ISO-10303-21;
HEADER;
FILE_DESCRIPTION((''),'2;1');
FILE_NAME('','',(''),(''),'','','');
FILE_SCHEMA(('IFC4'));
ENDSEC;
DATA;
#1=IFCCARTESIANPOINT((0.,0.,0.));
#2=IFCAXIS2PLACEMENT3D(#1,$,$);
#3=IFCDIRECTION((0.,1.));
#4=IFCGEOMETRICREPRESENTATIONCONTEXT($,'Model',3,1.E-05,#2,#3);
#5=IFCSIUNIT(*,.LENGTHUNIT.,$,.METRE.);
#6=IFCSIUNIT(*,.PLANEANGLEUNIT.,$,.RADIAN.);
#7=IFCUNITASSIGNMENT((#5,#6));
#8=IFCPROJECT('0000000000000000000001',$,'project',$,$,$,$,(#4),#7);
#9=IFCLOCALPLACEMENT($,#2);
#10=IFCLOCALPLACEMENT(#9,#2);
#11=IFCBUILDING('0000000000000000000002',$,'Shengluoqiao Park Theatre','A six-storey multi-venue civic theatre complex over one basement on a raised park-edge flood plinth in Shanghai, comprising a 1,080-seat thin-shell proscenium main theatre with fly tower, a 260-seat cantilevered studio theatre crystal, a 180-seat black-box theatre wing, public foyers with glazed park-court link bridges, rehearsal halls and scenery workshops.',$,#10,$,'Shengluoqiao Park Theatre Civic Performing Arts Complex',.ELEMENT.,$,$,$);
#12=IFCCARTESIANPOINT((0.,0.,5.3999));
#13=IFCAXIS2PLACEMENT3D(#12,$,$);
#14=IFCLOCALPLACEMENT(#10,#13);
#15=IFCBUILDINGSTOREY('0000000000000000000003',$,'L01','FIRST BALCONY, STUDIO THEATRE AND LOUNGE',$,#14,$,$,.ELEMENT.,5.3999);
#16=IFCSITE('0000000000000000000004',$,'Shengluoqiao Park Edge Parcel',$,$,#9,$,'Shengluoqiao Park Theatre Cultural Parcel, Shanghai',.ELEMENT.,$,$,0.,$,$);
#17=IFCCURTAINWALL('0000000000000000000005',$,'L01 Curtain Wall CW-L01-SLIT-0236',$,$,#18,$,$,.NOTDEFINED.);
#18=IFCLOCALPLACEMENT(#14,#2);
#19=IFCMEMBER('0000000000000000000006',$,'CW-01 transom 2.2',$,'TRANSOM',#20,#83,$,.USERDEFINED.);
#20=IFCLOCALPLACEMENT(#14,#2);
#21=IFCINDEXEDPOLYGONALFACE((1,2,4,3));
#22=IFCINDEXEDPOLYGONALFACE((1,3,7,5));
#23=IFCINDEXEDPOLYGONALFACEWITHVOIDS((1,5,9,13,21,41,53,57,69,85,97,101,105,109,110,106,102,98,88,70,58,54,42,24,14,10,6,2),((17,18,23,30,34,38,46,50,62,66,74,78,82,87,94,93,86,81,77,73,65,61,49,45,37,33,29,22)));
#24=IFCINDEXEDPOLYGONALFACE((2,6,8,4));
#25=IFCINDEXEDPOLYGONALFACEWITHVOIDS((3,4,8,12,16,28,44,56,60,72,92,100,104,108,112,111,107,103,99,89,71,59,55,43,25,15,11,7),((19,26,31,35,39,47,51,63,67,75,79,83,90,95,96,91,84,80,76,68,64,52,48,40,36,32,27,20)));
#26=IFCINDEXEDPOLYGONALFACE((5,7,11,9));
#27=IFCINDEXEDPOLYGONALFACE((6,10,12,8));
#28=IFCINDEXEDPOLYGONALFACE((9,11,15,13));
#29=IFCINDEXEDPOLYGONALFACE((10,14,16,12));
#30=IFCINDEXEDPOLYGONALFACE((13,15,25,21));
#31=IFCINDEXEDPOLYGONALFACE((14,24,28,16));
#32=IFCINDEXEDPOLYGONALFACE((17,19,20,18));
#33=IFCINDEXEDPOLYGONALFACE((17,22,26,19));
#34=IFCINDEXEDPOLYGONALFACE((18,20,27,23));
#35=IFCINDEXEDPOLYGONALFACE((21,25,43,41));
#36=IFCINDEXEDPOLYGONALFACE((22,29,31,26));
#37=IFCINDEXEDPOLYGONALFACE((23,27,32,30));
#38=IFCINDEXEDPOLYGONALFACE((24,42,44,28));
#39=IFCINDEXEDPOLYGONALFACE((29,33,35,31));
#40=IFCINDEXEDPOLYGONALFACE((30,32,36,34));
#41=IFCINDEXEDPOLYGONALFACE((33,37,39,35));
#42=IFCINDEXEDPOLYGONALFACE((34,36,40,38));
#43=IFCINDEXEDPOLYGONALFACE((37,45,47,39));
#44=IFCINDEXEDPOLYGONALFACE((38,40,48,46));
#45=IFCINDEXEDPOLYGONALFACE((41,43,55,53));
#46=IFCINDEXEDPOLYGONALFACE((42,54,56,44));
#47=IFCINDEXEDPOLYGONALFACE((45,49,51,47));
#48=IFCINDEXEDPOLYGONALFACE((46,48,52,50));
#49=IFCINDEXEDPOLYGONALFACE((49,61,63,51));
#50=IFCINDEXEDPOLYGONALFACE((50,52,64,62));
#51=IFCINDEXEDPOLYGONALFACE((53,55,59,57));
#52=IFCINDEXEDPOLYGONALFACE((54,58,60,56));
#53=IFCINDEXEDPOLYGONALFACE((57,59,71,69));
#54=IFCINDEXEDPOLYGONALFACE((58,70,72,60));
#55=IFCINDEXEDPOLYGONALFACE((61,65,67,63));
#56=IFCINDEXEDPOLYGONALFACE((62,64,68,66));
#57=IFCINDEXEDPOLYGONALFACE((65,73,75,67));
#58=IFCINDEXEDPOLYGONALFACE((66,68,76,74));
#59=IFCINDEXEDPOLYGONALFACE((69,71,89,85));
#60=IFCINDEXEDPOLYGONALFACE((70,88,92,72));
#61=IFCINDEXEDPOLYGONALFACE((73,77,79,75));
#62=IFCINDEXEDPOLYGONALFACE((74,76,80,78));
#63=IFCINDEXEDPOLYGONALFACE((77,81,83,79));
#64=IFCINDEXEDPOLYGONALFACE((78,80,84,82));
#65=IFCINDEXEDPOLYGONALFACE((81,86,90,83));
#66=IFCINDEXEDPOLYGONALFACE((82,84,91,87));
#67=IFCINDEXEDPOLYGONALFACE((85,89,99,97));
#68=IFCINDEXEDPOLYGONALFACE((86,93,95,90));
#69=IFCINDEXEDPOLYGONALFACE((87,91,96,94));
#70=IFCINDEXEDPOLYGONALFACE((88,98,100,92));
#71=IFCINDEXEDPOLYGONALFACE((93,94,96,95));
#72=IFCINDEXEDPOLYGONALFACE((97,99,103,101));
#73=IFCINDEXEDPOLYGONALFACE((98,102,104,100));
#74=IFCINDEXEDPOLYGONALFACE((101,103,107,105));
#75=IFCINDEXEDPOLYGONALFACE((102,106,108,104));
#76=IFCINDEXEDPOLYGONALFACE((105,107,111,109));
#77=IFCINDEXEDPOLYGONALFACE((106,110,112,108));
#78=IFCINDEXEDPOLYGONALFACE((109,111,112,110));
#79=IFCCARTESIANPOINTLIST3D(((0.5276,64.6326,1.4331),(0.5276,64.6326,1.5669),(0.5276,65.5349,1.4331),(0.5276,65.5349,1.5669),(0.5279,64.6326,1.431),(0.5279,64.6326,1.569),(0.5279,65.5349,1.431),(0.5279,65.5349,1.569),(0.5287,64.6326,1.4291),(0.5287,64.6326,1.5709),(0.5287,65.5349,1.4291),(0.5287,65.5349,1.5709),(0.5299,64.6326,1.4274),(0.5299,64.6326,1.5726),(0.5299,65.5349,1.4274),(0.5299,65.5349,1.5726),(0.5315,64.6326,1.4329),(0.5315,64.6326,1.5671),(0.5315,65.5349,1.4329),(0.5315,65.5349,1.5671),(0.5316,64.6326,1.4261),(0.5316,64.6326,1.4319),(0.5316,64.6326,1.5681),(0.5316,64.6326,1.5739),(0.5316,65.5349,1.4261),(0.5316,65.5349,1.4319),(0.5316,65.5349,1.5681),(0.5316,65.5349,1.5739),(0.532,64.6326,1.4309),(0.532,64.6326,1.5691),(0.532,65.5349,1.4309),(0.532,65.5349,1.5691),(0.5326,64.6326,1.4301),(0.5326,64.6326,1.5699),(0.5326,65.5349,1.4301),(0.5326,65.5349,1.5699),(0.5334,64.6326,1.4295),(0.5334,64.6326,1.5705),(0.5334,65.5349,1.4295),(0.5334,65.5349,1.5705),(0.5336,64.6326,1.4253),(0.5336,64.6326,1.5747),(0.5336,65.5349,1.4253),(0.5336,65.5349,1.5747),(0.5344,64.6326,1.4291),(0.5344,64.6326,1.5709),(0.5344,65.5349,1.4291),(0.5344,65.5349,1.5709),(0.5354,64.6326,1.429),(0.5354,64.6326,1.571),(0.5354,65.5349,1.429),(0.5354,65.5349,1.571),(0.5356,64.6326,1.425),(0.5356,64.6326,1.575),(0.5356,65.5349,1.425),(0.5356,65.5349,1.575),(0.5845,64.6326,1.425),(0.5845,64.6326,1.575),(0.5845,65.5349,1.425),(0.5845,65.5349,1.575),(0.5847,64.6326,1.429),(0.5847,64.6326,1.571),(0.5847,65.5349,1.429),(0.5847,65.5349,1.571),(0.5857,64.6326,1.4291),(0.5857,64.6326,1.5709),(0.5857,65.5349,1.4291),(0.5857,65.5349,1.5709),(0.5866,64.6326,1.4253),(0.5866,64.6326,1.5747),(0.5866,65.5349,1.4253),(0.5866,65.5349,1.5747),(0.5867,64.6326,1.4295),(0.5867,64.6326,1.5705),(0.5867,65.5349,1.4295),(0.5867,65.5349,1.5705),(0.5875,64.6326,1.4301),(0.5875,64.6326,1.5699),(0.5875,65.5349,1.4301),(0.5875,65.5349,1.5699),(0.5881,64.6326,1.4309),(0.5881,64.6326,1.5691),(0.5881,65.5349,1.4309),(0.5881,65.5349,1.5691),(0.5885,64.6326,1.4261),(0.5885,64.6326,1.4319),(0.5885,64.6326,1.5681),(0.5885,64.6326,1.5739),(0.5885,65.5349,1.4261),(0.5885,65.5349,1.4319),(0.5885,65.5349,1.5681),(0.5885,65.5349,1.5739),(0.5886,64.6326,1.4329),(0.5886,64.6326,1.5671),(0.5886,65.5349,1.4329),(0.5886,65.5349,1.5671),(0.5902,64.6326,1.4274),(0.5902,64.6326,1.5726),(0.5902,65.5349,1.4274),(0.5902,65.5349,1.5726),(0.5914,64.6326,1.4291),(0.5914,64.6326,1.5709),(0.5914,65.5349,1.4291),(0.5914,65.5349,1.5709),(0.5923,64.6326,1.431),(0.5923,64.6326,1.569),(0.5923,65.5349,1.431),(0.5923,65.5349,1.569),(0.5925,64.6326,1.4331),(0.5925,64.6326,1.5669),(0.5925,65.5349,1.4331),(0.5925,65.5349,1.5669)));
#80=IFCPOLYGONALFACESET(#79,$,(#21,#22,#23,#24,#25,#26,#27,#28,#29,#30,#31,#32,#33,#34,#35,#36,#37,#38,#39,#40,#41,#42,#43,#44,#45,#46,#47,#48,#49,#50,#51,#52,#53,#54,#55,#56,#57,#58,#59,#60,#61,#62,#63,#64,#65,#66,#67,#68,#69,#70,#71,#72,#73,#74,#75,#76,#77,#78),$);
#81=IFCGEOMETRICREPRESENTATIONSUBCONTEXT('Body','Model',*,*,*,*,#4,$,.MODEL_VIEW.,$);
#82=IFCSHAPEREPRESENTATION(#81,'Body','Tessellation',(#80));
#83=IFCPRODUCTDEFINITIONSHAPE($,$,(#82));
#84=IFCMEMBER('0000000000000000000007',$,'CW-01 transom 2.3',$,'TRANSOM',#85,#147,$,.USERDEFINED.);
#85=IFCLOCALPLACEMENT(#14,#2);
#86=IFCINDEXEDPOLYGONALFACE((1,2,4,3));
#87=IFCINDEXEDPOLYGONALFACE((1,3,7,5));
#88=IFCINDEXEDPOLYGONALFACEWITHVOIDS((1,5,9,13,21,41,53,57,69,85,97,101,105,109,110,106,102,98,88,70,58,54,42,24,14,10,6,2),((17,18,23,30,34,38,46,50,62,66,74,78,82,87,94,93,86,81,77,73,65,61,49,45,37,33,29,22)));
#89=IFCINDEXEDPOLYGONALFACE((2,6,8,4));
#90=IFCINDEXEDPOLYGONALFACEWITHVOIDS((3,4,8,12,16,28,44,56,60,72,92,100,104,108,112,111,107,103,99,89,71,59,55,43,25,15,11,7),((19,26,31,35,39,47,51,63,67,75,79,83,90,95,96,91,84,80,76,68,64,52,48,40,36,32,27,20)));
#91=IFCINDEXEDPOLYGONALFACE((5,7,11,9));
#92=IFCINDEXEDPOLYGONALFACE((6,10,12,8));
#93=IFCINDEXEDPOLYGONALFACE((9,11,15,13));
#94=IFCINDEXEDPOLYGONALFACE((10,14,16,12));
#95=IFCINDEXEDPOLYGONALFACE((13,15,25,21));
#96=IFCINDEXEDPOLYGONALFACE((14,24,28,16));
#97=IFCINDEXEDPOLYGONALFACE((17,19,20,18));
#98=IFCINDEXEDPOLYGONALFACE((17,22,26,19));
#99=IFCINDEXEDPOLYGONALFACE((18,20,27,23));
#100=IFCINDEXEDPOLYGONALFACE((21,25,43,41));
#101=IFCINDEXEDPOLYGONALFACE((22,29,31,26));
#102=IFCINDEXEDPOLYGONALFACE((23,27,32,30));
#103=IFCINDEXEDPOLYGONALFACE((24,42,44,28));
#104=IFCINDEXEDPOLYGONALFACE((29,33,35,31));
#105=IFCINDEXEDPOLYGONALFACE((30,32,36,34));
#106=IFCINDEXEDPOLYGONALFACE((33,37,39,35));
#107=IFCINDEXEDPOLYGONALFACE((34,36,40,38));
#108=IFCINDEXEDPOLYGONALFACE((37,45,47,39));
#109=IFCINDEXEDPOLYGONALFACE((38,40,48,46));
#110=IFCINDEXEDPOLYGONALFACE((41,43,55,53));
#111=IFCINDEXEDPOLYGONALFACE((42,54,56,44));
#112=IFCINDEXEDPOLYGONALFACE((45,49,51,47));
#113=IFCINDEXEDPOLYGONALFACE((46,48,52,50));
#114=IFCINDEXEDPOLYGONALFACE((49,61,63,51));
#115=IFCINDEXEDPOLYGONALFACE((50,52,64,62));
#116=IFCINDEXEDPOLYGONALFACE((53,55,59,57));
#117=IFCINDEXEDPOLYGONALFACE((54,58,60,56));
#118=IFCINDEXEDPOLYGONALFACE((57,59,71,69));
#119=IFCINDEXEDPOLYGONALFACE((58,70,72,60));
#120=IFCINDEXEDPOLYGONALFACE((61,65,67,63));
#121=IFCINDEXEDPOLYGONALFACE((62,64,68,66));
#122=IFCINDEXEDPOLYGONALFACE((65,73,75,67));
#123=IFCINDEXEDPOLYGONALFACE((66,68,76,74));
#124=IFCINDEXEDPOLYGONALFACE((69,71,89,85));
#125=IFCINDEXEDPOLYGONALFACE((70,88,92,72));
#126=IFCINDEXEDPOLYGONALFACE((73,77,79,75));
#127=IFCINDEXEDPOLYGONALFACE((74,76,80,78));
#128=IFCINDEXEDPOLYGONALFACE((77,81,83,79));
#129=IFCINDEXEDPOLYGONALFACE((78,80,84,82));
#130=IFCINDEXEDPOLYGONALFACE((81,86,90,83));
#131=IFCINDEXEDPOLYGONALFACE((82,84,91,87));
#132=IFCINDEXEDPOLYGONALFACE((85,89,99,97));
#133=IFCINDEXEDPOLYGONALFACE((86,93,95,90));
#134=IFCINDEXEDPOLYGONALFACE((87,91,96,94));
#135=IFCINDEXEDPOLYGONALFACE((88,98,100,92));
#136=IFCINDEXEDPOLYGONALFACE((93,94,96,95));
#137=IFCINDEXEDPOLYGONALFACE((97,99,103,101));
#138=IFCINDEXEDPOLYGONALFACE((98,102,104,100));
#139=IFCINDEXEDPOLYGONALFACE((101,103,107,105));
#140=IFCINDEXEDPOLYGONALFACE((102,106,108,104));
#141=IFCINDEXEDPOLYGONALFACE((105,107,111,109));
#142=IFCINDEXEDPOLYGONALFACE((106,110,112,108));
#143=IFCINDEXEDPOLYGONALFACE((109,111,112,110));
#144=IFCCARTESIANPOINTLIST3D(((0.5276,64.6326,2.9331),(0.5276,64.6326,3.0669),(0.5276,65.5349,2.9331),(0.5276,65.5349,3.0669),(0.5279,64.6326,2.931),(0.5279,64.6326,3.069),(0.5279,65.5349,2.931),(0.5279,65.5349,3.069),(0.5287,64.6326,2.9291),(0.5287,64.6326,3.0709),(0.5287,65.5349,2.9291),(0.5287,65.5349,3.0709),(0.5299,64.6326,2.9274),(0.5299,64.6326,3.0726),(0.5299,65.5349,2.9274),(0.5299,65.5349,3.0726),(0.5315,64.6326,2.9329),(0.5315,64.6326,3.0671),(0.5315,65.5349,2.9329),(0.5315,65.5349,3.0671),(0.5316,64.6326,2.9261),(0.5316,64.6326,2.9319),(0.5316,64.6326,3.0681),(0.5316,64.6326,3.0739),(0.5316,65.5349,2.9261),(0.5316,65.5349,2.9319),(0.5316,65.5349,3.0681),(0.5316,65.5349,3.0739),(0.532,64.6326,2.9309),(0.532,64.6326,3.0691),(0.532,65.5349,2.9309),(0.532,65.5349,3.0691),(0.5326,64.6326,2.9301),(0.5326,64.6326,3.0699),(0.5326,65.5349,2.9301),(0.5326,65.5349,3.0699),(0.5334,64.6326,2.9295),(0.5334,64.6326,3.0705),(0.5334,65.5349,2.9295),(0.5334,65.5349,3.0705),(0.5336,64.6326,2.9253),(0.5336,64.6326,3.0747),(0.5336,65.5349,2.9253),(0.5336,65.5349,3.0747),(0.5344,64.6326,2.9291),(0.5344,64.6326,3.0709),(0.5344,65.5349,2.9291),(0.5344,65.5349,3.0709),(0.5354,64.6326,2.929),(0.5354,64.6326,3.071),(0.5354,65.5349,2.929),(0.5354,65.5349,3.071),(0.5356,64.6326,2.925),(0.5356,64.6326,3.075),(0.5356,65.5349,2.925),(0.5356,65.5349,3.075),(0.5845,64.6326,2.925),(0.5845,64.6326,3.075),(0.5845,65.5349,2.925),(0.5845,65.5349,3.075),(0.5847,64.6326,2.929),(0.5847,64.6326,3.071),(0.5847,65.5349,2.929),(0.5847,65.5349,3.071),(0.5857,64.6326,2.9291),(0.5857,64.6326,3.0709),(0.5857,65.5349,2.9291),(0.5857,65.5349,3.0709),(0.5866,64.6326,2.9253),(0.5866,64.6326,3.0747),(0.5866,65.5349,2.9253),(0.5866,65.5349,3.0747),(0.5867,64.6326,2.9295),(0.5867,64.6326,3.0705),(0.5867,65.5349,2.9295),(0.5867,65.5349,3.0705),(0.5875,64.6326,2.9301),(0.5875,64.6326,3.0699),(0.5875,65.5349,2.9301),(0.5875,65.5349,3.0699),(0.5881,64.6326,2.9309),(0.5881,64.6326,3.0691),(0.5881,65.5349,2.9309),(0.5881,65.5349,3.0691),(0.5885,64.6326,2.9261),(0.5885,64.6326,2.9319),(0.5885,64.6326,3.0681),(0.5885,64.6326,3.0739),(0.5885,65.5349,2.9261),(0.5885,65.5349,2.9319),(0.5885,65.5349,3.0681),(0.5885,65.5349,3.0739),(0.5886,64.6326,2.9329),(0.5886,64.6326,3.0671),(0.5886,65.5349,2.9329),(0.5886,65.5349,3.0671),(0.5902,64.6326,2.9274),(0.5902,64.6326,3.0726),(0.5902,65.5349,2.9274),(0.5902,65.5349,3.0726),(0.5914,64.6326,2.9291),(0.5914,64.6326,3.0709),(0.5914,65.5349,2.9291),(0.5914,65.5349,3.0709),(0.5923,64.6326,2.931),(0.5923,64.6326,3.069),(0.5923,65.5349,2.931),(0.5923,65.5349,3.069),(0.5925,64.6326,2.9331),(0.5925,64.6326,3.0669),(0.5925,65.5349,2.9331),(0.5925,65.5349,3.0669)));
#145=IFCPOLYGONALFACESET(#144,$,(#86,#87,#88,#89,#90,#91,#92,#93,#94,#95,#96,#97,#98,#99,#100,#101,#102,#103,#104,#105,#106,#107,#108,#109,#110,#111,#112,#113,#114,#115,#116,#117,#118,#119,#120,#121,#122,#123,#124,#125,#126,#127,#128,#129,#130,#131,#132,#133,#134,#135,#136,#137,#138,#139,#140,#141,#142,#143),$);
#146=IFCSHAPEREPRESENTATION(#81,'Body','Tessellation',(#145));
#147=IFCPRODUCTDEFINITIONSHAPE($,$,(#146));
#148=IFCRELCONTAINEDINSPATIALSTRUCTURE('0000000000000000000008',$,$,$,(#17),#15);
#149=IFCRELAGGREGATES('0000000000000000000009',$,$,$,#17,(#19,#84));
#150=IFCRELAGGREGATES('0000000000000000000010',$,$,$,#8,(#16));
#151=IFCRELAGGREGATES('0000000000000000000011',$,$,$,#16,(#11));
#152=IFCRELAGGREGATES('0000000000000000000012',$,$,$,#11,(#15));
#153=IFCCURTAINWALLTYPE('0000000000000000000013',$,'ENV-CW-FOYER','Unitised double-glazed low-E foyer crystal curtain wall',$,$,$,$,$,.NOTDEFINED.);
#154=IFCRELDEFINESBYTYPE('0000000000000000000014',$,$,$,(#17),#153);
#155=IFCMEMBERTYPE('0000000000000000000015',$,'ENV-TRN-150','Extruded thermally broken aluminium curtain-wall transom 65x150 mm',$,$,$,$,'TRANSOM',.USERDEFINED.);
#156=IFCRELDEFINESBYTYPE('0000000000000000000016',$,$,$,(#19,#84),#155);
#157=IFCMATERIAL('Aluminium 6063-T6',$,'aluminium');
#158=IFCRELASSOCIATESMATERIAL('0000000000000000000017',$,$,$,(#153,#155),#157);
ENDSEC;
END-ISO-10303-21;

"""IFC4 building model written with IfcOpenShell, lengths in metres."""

from ifc_helpers import new_model, si_unit, direction, frame, origin, origin_2d, place, context, subcontext, project, spatial, hollow_rectangle, extrude, material, material_profile, profile_set, type_object, element, aggregate, save


model = new_model("IFC4")

# Units and contexts
model_context = context("Model", 3, precision=1e-05, world=origin(), true_north=direction((0.0, 1.0)))
body_context = subcontext(model_context, "Body", "Model", "MODEL_VIEW")
ifc_project = project(units=[si_unit("LENGTHUNIT", "METRE"), si_unit("PLANEANGLEUNIT", "RADIAN")], contexts=[model_context])

# Site, building, storey
site_placement = place(None, origin())
site = spatial("IfcSite", under=ifc_project, at=site_placement, Name="Shengluoqiao Park Edge Parcel", LongName="Shengluoqiao Park Theatre Cultural Parcel, Shanghai", CompositionType="ELEMENT", RefElevation=0.0)
building_placement = place(site_placement, origin())
building = spatial("IfcBuilding", under=site, at=building_placement, Name="Shengluoqiao Park Theatre", Description="A six-storey multi-venue civic theatre complex over one basement on a raised park-edge flood plinth in Shanghai, comprising a 1,080-seat thin-shell proscenium main theatre with fly tower, a 260-seat cantilevered studio theatre crystal, a 180-seat black-box theatre wing, public foyers with glazed park-court link bridges, rehearsal halls and scenery workshops.", LongName="Shengluoqiao Park Theatre Civic Performing Arts Complex", CompositionType="ELEMENT")
storey_placement = place(building_placement, frame((0.0, 0.0, 5.3999)))
storey = spatial("IfcBuildingStorey", under=building, at=storey_placement, Name="L01", Description="FIRST BALCONY, STUDIO THEATRE AND LOUNGE", CompositionType="ELEMENT", Elevation=5.3999)

# Curtain wall, members
ifc_material_1 = material(Name="Aluminium 6063-T6", Category="aluminium")
curtain_wall_type = type_object("IfcCurtainWallType", Name="ENV-CW-FOYER", Description="Unitised double-glazed low-E foyer crystal curtain wall", PredefinedType="NOTDEFINED", material=ifc_material_1)
curtain_wall_placement = place(storey_placement, origin())
curtain_wall = element("IfcCurtainWall", 1, at=curtain_wall_placement, inside=storey, type_object=curtain_wall_type, Name="L01 Curtain Wall CW-L01-SLIT-0236", PredefinedType="NOTDEFINED")
ifc_material_profile_1 = material_profile(ifc_material_1, hollow_rectangle(XDim=0.0649, YDim=0.1499, WallThickness=0.0039, InnerFilletRadius=0.0039, OuterFilletRadius=0.0081, at=origin_2d()), Name="ALU TRANSOM 150x65x4")
ifc_profile_set_1 = profile_set([ifc_material_profile_1], Name="Aluminium 6063-T6")
member_type_1 = type_object("IfcMemberType", Name="ENV-TRN-150", Description="Extruded thermally broken aluminium curtain-wall transom 65x150 mm", ElementType="TRANSOM", PredefinedType="USERDEFINED", material=ifc_profile_set_1)
member_1_placement = place(storey_placement, frame((0.5601, 64.6326, 1.5), z_axis=(0.0, 1.0, 0.0), x_axis=(-1.0, 0.0, 0.0)))
member_1 = element("IfcMember", 2, at=member_1_placement, type_object=member_type_1, Name="CW-01 transom 2.2", ObjectType="TRANSOM", PredefinedType="USERDEFINED", context=body_context, shape_type="SweptSolid", body=[
    extrude(hollow_rectangle(XDim=0.0649, YDim=0.1499, WallThickness=0.0039, InnerFilletRadius=0.0039, OuterFilletRadius=0.0081, at=origin_2d()), origin(), (0.0, 0.0, 1.0), 0.9023),
])
member_2_placement = place(storey_placement, frame((0.5601, 64.6326, 3.0), z_axis=(0.0, 1.0, 0.0), x_axis=(-1.0, 0.0, 0.0)))
member_2 = element("IfcMember", 3, at=member_2_placement, type_object=member_type_1, Name="CW-01 transom 2.3", ObjectType="TRANSOM", PredefinedType="USERDEFINED", context=body_context, shape_type="SweptSolid", body=[
    extrude(hollow_rectangle(XDim=0.0649, YDim=0.1499, WallThickness=0.0039, InnerFilletRadius=0.0039, OuterFilletRadius=0.0081, at=origin_2d()), origin(), (0.0, 0.0, 1.0), 0.9023),
])

aggregate(curtain_wall, [member_1, member_2])

save(model, "model.ifc")
